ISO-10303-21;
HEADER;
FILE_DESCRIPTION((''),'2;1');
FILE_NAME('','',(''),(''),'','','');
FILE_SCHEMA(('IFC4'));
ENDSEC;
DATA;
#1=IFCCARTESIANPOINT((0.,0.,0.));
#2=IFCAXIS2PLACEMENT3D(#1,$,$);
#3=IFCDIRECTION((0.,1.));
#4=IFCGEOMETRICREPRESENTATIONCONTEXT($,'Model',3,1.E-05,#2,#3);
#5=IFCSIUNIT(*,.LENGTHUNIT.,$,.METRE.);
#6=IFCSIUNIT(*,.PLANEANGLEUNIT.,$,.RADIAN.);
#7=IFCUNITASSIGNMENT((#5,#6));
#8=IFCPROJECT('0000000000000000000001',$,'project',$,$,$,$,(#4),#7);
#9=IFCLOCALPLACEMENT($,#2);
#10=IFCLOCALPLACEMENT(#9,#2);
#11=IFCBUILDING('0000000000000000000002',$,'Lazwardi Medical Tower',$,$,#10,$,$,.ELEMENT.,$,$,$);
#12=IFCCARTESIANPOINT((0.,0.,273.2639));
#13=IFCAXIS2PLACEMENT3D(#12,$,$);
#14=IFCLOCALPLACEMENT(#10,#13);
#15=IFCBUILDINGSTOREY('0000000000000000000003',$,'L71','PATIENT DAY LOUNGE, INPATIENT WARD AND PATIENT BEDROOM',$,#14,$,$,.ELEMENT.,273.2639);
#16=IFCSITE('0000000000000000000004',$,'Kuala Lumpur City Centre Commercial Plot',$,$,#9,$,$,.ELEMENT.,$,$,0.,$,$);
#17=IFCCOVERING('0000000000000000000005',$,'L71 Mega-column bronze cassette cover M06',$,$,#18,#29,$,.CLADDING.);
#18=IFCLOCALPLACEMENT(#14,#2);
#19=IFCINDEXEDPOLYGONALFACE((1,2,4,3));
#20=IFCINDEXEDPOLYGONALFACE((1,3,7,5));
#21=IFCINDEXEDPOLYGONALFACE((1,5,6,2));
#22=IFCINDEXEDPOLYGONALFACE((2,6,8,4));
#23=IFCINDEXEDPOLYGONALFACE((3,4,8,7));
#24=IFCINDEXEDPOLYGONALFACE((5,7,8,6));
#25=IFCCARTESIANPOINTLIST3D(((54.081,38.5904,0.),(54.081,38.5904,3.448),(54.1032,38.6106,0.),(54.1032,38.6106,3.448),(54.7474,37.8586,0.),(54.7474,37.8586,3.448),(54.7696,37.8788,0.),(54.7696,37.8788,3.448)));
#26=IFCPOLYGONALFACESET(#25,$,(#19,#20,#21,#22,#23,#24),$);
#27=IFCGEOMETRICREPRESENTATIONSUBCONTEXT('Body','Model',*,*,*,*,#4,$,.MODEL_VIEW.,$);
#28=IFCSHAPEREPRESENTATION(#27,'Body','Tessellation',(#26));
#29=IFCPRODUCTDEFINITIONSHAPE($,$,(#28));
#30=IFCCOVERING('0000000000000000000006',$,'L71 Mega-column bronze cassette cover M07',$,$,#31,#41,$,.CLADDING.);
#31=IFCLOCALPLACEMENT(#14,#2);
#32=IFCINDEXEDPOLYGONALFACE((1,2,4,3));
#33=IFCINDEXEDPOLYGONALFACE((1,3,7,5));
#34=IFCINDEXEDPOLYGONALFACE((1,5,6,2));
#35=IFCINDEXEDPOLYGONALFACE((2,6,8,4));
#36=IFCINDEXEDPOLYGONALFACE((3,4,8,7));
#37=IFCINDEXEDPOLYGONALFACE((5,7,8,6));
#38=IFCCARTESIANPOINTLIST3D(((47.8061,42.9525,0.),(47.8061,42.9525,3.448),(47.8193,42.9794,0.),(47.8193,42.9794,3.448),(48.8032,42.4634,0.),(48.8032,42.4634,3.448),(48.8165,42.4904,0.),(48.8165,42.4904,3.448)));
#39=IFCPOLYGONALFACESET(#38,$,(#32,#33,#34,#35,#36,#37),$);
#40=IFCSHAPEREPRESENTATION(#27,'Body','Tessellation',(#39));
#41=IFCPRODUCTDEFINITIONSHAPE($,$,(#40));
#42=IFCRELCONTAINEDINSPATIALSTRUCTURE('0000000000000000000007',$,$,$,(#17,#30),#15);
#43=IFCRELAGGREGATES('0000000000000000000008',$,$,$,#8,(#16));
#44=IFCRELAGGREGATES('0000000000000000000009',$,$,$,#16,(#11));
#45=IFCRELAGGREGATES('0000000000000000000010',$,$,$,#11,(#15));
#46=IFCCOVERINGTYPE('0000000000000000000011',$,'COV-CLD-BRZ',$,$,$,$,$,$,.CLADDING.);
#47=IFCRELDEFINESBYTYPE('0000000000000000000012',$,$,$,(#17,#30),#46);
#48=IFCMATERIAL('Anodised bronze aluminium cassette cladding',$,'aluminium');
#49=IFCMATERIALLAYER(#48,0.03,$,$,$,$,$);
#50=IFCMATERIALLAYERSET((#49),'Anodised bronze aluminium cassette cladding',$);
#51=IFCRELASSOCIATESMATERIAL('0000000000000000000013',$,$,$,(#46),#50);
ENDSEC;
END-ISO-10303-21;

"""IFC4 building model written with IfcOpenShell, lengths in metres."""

from ifc_helpers import new_model, si_unit, direction, frame, origin, origin_2d, place, context, subcontext, project, spatial, rectangle, extrude, material, layer, layer_set, type_object, element, save


model = new_model("IFC4")

# Units and contexts
model_context = context("Model", 3, precision=1e-05, world=origin(), true_north=direction((0.0, 1.0)))
body_context = subcontext(model_context, "Body", "Model", "MODEL_VIEW")
ifc_project = project(units=[si_unit("LENGTHUNIT", "METRE"), si_unit("PLANEANGLEUNIT", "RADIAN")], contexts=[model_context])

# Site, building, storey
site_placement = place(None, origin())
site = spatial("IfcSite", under=ifc_project, at=site_placement, Name="Kuala Lumpur City Centre Commercial Plot", CompositionType="ELEMENT", RefElevation=0.0)
building_placement = place(site_placement, origin())
building = spatial("IfcBuilding", under=site, at=building_placement, Name="Lazwardi Medical Tower", CompositionType="ELEMENT")
storey_placement = place(building_placement, frame((0.0, 0.0, 273.2639)))
storey = spatial("IfcBuildingStorey", under=building, at=storey_placement, Name="L71", Description="PATIENT DAY LOUNGE, INPATIENT WARD AND PATIENT BEDROOM", CompositionType="ELEMENT", Elevation=273.2639)

# Coverings
ifc_material_1 = material(Name="Anodised bronze aluminium cassette cladding", Category="aluminium")
ifc_layer_1 = layer(ifc_material_1, 0.03)
ifc_layer_set_1 = layer_set([ifc_layer_1], Name="Anodised bronze aluminium cassette cladding")
covering_type = type_object("IfcCoveringType", Name="COV-CLD-BRZ", PredefinedType="CLADDING", material=ifc_layer_set_1)
covering_1_placement = place(storey_placement, frame((54.4253, 38.2346, 0.0), z_axis=(0.0, 0.0, 1.0), x_axis=(-0.673241, 0.739423, 0.0)))
element("IfcCovering", 1, at=covering_1_placement, inside=storey, type_object=covering_type, Name="L71 Mega-column bronze cassette cover M06", PredefinedType="CLADDING", context=body_context, shape_type="SweptSolid", body=[
    extrude(rectangle(XDim=0.9897, YDim=0.03, at=origin_2d()), origin(), (0.0, 0.0, 1.0), 3.448),
])
covering_2_placement = place(storey_placement, frame((48.3113, 42.7214, 0.0), z_axis=(0.0, 0.0, 1.0), x_axis=(-0.89784, 0.440322, 0.0)))
element("IfcCovering", 2, at=covering_2_placement, inside=storey, type_object=covering_type, Name="L71 Mega-column bronze cassette cover M07", PredefinedType="CLADDING", context=body_context, shape_type="SweptSolid", body=[
    extrude(rectangle(XDim=1.1106, YDim=0.03, at=origin_2d()), origin(), (0.0, 0.0, 1.0), 3.448),
])

save(model, "model.ifc")
